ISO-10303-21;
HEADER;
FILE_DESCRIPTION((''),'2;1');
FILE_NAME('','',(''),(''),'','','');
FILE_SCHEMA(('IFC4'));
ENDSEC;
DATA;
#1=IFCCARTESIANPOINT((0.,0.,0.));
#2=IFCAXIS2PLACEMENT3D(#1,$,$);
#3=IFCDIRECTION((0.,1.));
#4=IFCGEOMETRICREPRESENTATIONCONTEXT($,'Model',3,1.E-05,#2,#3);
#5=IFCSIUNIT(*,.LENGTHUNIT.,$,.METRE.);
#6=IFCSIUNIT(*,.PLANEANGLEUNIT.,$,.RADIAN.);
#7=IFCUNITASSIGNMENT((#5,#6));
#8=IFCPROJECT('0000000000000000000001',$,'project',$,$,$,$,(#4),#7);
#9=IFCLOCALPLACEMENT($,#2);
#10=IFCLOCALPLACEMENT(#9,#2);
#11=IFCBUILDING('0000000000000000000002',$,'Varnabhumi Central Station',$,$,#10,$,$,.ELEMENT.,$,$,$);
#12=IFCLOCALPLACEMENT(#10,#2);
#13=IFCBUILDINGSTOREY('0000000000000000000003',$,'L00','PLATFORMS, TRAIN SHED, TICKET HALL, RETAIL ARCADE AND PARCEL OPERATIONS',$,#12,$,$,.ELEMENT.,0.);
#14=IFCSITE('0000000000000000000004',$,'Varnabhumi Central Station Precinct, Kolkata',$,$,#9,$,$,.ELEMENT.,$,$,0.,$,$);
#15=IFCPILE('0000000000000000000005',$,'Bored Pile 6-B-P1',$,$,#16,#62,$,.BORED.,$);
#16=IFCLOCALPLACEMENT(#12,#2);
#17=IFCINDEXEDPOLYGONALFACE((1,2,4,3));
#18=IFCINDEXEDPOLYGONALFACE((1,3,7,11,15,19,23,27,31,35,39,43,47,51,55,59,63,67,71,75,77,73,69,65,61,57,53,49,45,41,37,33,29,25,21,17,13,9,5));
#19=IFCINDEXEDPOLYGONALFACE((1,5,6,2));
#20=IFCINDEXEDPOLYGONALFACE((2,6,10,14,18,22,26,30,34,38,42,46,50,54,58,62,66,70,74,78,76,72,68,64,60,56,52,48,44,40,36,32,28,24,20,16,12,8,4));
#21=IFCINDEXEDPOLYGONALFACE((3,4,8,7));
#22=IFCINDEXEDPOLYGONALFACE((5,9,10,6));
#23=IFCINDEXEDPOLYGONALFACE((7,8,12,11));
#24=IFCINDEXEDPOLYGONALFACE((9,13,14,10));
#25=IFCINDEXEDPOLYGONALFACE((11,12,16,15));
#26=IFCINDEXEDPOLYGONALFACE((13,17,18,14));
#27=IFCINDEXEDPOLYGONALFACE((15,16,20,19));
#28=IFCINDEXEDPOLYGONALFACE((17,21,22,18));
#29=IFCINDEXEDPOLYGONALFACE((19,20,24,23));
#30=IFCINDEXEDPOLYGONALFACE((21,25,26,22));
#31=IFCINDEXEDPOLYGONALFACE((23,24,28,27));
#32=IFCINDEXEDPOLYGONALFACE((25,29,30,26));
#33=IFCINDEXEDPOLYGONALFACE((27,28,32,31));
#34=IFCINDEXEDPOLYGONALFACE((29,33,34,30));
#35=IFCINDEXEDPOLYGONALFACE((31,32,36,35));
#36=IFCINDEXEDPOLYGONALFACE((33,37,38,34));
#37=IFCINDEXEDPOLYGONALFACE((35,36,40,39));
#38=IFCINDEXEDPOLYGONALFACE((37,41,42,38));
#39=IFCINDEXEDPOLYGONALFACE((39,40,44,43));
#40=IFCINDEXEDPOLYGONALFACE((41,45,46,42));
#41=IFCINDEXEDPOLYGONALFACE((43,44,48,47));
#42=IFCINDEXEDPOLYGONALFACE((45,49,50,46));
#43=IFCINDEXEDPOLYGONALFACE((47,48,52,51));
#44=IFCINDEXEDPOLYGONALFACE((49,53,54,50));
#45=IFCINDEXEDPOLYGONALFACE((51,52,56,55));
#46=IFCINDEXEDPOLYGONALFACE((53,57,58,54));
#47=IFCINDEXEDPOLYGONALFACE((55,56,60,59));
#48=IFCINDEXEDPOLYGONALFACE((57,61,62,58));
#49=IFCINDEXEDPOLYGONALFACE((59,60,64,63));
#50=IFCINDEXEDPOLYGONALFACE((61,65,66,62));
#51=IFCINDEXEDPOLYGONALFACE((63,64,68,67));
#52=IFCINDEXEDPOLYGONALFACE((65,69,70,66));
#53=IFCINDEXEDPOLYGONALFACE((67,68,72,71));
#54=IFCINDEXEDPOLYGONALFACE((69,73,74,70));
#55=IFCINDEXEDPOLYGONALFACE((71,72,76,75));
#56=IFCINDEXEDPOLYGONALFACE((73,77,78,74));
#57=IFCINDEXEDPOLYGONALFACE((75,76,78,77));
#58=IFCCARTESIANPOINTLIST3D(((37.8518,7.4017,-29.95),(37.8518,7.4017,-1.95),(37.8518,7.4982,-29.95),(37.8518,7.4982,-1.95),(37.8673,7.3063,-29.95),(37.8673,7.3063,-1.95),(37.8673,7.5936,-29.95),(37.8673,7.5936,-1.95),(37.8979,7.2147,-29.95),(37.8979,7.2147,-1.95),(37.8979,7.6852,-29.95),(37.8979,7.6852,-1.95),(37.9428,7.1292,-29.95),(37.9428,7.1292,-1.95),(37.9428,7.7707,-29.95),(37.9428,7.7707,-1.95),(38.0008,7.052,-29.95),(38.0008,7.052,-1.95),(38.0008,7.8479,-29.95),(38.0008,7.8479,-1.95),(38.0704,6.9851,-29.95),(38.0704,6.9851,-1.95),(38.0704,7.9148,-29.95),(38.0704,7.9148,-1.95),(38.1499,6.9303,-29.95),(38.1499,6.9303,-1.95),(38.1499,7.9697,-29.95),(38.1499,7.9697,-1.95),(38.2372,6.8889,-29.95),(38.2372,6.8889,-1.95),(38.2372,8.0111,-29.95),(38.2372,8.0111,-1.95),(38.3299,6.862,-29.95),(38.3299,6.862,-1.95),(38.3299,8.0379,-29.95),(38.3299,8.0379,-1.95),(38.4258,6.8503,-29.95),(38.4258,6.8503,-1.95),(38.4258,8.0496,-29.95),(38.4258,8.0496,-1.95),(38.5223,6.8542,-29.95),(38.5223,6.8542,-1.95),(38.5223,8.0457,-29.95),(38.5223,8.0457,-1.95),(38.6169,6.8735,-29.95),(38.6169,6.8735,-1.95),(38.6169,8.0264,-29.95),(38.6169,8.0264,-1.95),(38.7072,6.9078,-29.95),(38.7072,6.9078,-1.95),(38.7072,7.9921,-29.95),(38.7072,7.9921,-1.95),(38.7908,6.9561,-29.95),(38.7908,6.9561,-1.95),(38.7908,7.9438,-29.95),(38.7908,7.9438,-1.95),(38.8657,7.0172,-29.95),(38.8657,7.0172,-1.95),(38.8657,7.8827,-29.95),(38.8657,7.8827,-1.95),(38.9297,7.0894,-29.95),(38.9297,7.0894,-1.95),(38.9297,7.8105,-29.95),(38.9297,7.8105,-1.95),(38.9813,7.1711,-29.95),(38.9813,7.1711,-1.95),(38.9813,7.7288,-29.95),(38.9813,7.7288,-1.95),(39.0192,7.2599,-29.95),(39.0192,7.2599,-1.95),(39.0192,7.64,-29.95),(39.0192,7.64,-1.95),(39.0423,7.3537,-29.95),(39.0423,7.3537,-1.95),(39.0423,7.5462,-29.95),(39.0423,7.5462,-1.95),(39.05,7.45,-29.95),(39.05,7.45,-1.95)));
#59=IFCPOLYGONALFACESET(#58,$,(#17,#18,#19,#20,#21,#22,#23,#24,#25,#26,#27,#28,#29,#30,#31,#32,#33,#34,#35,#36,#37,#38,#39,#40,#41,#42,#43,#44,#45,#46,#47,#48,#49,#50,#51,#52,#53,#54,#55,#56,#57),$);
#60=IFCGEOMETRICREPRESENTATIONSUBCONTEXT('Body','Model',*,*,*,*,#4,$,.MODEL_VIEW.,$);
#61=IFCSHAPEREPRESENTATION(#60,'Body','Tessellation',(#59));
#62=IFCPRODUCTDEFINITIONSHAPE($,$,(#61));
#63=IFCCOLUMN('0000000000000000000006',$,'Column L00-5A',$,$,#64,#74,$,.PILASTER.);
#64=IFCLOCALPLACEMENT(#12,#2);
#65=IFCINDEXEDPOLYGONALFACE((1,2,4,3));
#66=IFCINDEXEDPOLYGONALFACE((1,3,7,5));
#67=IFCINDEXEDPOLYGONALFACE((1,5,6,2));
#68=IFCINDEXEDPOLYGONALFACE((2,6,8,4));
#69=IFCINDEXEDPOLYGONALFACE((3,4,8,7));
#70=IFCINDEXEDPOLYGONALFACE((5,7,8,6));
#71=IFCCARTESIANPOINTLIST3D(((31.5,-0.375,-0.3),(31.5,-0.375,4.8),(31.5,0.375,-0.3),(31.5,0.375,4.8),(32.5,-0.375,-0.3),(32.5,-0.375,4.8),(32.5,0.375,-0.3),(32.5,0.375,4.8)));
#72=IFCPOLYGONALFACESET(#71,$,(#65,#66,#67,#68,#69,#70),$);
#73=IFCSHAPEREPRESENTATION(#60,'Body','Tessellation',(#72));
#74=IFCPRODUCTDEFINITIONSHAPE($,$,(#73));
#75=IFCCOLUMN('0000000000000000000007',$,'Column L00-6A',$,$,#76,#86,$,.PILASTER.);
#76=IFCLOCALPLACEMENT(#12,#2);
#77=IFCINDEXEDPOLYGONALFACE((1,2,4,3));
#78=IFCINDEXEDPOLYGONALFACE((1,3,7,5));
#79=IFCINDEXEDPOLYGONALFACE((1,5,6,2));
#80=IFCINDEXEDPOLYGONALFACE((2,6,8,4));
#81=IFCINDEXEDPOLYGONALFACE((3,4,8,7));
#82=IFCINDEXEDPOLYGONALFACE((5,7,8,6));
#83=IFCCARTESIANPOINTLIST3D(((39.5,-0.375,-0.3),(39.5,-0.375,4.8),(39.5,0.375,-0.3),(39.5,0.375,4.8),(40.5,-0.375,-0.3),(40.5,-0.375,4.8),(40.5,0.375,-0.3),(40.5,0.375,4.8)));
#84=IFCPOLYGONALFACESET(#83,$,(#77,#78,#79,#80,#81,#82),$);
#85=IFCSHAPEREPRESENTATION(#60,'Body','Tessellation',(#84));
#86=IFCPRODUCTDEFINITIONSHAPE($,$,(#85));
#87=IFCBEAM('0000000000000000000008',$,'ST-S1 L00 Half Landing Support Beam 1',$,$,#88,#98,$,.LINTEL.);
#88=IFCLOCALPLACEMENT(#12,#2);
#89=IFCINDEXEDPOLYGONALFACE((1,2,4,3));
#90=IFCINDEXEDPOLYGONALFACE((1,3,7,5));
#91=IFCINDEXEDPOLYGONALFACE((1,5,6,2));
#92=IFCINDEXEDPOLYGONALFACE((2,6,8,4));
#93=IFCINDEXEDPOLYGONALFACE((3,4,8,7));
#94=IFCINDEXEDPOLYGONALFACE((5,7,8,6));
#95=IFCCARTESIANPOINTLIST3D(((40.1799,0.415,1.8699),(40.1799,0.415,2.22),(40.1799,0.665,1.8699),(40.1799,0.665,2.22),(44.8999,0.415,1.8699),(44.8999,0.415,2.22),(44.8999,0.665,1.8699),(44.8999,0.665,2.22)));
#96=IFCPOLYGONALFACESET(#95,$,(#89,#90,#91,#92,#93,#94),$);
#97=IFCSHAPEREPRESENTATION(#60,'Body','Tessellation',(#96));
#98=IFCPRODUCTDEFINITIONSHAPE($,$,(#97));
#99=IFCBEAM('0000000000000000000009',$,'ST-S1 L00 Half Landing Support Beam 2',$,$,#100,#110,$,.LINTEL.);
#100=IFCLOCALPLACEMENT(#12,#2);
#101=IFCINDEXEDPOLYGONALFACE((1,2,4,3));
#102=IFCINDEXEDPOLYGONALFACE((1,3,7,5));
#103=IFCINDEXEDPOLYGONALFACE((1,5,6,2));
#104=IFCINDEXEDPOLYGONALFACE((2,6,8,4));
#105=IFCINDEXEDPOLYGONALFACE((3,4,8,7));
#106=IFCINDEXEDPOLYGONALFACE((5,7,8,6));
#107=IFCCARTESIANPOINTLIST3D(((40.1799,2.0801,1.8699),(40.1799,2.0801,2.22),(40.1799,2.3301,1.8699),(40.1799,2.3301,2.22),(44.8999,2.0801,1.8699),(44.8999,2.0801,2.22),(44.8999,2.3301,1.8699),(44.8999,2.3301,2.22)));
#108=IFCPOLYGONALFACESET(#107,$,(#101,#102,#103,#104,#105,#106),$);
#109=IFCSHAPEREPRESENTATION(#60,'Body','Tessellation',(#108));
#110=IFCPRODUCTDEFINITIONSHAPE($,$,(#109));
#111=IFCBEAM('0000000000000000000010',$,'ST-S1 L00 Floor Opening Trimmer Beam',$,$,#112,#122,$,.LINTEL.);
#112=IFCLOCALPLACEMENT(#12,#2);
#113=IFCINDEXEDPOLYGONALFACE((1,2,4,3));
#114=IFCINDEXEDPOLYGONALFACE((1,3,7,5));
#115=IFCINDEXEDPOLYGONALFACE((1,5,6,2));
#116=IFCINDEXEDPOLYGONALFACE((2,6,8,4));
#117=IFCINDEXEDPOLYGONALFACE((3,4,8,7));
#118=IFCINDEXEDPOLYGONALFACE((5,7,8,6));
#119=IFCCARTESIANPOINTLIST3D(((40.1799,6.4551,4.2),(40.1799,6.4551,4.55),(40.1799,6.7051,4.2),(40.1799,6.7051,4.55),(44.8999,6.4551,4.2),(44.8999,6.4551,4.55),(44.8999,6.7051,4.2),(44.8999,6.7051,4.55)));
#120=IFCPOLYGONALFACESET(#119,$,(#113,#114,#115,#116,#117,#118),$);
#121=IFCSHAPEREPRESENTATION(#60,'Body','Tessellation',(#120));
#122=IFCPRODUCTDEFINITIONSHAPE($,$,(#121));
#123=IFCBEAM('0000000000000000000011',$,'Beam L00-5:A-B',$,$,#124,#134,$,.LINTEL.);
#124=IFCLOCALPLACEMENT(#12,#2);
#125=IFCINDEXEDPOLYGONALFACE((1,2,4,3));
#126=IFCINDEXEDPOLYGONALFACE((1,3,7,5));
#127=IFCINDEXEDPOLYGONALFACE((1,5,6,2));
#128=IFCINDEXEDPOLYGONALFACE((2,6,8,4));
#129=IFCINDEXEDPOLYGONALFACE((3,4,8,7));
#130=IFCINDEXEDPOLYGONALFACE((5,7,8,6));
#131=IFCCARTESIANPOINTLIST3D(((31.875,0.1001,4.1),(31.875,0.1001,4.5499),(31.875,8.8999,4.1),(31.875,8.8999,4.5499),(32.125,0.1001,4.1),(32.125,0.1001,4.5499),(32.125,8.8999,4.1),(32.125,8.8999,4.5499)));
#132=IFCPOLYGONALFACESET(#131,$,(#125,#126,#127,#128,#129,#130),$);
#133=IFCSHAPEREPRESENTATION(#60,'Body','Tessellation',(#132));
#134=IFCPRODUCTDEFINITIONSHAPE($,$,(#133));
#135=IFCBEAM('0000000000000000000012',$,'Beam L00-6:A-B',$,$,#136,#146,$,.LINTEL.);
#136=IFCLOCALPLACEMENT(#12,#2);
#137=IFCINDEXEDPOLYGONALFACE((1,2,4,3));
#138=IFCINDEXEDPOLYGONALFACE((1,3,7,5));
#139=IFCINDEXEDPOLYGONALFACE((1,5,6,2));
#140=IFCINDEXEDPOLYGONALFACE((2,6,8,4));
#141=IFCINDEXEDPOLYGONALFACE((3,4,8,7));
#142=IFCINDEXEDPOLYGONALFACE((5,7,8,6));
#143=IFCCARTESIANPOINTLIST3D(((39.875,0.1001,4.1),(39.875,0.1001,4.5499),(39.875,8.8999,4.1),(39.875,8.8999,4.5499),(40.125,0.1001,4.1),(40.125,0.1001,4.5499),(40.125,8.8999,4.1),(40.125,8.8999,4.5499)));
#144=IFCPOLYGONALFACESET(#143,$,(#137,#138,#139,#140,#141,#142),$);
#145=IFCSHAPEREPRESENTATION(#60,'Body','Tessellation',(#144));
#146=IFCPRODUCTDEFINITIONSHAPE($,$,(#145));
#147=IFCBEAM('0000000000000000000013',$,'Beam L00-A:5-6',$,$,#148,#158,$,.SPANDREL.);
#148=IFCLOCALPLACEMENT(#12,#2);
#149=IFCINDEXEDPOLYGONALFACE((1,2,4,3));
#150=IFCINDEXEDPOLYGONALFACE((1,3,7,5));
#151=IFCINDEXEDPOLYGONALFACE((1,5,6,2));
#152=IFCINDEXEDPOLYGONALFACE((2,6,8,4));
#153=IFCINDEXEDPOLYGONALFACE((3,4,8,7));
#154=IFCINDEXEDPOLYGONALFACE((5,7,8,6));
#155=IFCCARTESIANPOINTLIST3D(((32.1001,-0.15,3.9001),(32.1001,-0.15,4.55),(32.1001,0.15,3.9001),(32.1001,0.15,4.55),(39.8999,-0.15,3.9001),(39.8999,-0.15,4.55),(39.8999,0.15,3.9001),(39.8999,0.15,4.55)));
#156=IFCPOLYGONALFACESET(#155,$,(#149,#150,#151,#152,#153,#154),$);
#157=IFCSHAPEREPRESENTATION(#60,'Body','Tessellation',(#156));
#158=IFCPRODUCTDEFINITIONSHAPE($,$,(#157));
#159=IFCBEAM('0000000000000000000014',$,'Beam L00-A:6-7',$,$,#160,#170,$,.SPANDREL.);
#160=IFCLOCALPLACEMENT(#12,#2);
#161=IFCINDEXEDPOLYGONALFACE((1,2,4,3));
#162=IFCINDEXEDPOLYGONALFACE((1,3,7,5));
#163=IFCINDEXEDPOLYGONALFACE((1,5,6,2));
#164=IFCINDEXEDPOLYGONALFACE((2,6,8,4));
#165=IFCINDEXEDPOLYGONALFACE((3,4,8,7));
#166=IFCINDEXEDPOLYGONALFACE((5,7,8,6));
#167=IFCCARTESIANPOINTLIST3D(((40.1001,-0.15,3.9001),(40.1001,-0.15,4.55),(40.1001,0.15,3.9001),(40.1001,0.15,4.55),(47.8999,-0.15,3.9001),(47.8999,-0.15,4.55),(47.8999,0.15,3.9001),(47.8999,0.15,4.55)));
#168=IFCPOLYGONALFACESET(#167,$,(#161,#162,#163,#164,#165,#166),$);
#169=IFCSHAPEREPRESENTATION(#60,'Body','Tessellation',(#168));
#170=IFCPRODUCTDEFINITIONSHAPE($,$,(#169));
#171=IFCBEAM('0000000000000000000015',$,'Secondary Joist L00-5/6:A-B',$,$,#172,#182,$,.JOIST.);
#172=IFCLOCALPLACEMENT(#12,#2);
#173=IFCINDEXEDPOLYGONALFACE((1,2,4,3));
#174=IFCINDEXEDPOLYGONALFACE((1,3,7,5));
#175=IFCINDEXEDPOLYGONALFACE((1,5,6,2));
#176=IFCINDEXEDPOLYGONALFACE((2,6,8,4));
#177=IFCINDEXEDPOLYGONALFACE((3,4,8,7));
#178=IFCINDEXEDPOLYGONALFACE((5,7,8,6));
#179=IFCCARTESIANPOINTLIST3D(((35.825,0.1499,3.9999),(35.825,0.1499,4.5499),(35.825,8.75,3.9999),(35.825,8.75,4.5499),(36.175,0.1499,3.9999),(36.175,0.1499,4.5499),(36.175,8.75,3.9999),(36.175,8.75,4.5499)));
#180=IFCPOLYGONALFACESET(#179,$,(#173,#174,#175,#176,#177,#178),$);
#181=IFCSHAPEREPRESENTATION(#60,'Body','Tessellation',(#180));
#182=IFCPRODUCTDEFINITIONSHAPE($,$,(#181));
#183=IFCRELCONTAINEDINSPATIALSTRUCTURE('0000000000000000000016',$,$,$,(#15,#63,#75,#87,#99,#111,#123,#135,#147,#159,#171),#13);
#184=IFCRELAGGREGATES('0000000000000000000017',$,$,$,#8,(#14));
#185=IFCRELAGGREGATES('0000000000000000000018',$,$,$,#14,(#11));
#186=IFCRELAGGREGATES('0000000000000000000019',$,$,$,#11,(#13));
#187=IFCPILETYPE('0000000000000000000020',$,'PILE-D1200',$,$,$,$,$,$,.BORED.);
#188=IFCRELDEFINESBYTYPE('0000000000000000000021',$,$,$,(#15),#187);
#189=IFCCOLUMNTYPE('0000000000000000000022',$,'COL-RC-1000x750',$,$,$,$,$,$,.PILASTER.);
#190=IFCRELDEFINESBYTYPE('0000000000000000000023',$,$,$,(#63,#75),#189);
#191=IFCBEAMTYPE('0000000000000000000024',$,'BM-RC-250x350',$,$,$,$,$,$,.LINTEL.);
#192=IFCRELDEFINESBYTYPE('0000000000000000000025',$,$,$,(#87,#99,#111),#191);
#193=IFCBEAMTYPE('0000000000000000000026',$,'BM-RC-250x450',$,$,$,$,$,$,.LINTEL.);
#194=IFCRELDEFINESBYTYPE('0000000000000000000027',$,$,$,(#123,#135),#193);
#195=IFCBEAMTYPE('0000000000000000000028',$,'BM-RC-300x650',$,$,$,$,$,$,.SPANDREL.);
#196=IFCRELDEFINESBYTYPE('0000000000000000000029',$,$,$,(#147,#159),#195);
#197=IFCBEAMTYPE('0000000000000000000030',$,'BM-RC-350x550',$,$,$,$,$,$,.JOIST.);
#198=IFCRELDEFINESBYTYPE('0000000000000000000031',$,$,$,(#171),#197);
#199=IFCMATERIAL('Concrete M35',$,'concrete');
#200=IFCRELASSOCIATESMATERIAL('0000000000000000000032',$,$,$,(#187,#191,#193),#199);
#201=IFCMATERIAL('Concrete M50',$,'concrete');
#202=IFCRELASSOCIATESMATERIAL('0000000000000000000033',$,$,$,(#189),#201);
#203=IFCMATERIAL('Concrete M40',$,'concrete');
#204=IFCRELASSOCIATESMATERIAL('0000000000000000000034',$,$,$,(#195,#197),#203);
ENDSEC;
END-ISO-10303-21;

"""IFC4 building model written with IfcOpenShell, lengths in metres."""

from ifc_helpers import new_model, si_unit, direction, frame, origin, origin_2d, place, context, subcontext, project, spatial, rectangle, circle, extrude, material, material_profile, profile_set, type_object, element, save


model = new_model("IFC4")

# Units and contexts
model_context = context("Model", 3, precision=1e-05, world=origin(), true_north=direction((0.0, 1.0)))
body_context = subcontext(model_context, "Body", "Model", "MODEL_VIEW")
ifc_project = project(units=[si_unit("LENGTHUNIT", "METRE"), si_unit("PLANEANGLEUNIT", "RADIAN")], contexts=[model_context])

# Site, building, storey
site_placement = place(None, origin())
site = spatial("IfcSite", under=ifc_project, at=site_placement, Name="Varnabhumi Central Station Precinct, Kolkata", CompositionType="ELEMENT", RefElevation=0.0)
building_placement = place(site_placement, origin())
building = spatial("IfcBuilding", under=site, at=building_placement, Name="Varnabhumi Central Station", CompositionType="ELEMENT")
storey_placement = place(building_placement, origin())
storey = spatial("IfcBuildingStorey", under=building, at=storey_placement, Name="L00", Description="PLATFORMS, TRAIN SHED, TICKET HALL, RETAIL ARCADE AND PARCEL OPERATIONS", CompositionType="ELEMENT", Elevation=0.0)

# Shared definitions
ifc_material_1 = material(Name="Concrete M40", Category="concrete")

# Pile
ifc_material_2 = material(Name="Concrete M35", Category="concrete")
ifc_material_profile_1 = material_profile(ifc_material_2, circle(Radius=0.6001, at=origin_2d()), Name="Concrete M35", Category="concrete")
ifc_profile_set_1 = profile_set([ifc_material_profile_1], Name="Concrete M35")
pile_type_1 = type_object("IfcPileType", Name="PILE-D1200", PredefinedType="BORED", material=ifc_profile_set_1)
for number, where, z_axis, x_axis, name in (
    (1, (38.45, 7.45, -1.95), (0.0, 0.0, -1.0), (1.0, 0.0, 0.0), "Bored Pile 6-B-P1"),
):
    element("IfcPile", number, at=place(storey_placement, frame(where, z_axis=z_axis, x_axis=x_axis)), inside=storey, type_object=pile_type_1, Name=name, PredefinedType="BORED", context=body_context, shape_type="SweptSolid", body=[
        extrude(circle(Radius=0.6001, at=origin_2d()), origin(), (0.0, 0.0, 1.0), 28.0),
    ])

# Columns
ifc_material_3 = material(Name="Concrete M50", Category="concrete")
ifc_material_profile_2 = material_profile(ifc_material_3, rectangle(XDim=1.0, YDim=0.75, at=origin_2d()), Name="Concrete M50", Category="concrete")
ifc_profile_set_2 = profile_set([ifc_material_profile_2], Name="Concrete M50")
column_type = type_object("IfcColumnType", Name="COL-RC-1000x750", PredefinedType="PILASTER", material=ifc_profile_set_2)
for number, where, z_axis, x_axis, name in (
    (2, (32.0, 0.0, -0.3), (0.0, 0.0, 1.0), (1.0, 0.0, 0.0), "Column L00-5A"),
    (3, (40.0, 0.0, -0.3), (0.0, 0.0, 1.0), (1.0, 0.0, 0.0), "Column L00-6A"),
):
    element("IfcColumn", number, at=place(storey_placement, frame(where, z_axis=z_axis, x_axis=x_axis)), inside=storey, type_object=column_type, Name=name, PredefinedType="PILASTER", context=body_context, shape_type="SweptSolid", body=[
        extrude(rectangle(XDim=1.0, YDim=0.75, at=origin_2d()), origin(), (0.0, 0.0, 1.0), 5.1001),
    ])

# Beams
ifc_material_profile_3 = material_profile(ifc_material_2, rectangle(XDim=0.25, YDim=0.3501, at=origin_2d()), Name="Concrete M35", Category="concrete")
ifc_profile_set_3 = profile_set([ifc_material_profile_3], Name="Concrete M35")
beam_type_1 = type_object("IfcBeamType", Name="BM-RC-250x350", PredefinedType="LINTEL", material=ifc_profile_set_3)
for number, where, z_axis, x_axis, name in (
    (4, (40.1799, 0.54, 2.0449), (1.0, 0.0, 0.0), (0.0, 1.0, 0.0), "ST-S1 L00 Half Landing Support Beam 1"),
    (5, (40.1799, 2.2051, 2.0449), (1.0, 0.0, 0.0), (0.0, 1.0, 0.0), "ST-S1 L00 Half Landing Support Beam 2"),
    (6, (40.1799, 6.5801, 4.375), (1.0, 0.0, 0.0), (0.0, 1.0, 0.0), "ST-S1 L00 Floor Opening Trimmer Beam"),
):
    element("IfcBeam", number, at=place(storey_placement, frame(where, z_axis=z_axis, x_axis=x_axis)), inside=storey, type_object=beam_type_1, Name=name, PredefinedType="LINTEL", context=body_context, shape_type="SweptSolid", body=[
        extrude(rectangle(XDim=0.25, YDim=0.3501, at=origin_2d()), origin(), (0.0, 0.0, 1.0), 4.72),
    ])
ifc_material_profile_4 = material_profile(ifc_material_2, rectangle(XDim=0.25, YDim=0.45, at=origin_2d()), Name="Concrete M35", Category="concrete")
ifc_profile_set_4 = profile_set([ifc_material_profile_4], Name="Concrete M35")
beam_type_2 = type_object("IfcBeamType", Name="BM-RC-250x450", PredefinedType="LINTEL", material=ifc_profile_set_4)
for number, where, z_axis, x_axis, name in (
    (7, (32.0, 0.1001, 4.325), (0.0, 1.0, 0.0), (-1.0, 0.0, 0.0), "Beam L00-5:A-B"),
    (8, (40.0, 0.1001, 4.325), (0.0, 1.0, 0.0), (-1.0, 0.0, 0.0), "Beam L00-6:A-B"),
):
    element("IfcBeam", number, at=place(storey_placement, frame(where, z_axis=z_axis, x_axis=x_axis)), inside=storey, type_object=beam_type_2, Name=name, PredefinedType="LINTEL", context=body_context, shape_type="SweptSolid", body=[
        extrude(rectangle(XDim=0.25, YDim=0.45, at=origin_2d()), origin(), (0.0, 0.0, 1.0), 8.7998),
    ])
ifc_material_profile_5 = material_profile(ifc_material_1, rectangle(XDim=0.3, YDim=0.6499, at=origin_2d()), Name="Concrete M40", Category="concrete")
ifc_profile_set_5 = profile_set([ifc_material_profile_5], Name="Concrete M40")
beam_type_3 = type_object("IfcBeamType", Name="BM-RC-300x650", PredefinedType="SPANDREL", material=ifc_profile_set_5)
for number, where, z_axis, x_axis, name in (
    (9, (32.1001, 0.0, 4.2251), (1.0, 0.0, 0.0), (0.0, 1.0, 0.0), "Beam L00-A:5-6"),
    (10, (40.1001, 0.0, 4.2251), (1.0, 0.0, 0.0), (0.0, 1.0, 0.0), "Beam L00-A:6-7"),
):
    element("IfcBeam", number, at=place(storey_placement, frame(where, z_axis=z_axis, x_axis=x_axis)), inside=storey, type_object=beam_type_3, Name=name, PredefinedType="SPANDREL", context=body_context, shape_type="SweptSolid", body=[
        extrude(rectangle(XDim=0.3, YDim=0.6499, at=origin_2d()), origin(), (0.0, 0.0, 1.0), 7.7998),
    ])
ifc_material_profile_6 = material_profile(ifc_material_1, rectangle(XDim=0.3501, YDim=0.55, at=origin_2d()), Name="Concrete M40", Category="concrete")
ifc_profile_set_6 = profile_set([ifc_material_profile_6], Name="Concrete M40")
beam_type_4 = type_object("IfcBeamType", Name="BM-RC-350x550", PredefinedType="JOIST", material=ifc_profile_set_6)
beam_placement = place(storey_placement, frame((36.0, 0.1499, 4.2749), z_axis=(0.0, 1.0, 0.0), x_axis=(-1.0, 0.0, 0.0)))
element("IfcBeam", 11, at=beam_placement, inside=storey, type_object=beam_type_4, Name="Secondary Joist L00-5/6:A-B", PredefinedType="JOIST", context=body_context, shape_type="SweptSolid", body=[
    extrude(rectangle(XDim=0.3501, YDim=0.55, at=origin_2d()), origin(), (0.0, 0.0, 1.0), 8.6001),
])

save(model, "model.ifc")
